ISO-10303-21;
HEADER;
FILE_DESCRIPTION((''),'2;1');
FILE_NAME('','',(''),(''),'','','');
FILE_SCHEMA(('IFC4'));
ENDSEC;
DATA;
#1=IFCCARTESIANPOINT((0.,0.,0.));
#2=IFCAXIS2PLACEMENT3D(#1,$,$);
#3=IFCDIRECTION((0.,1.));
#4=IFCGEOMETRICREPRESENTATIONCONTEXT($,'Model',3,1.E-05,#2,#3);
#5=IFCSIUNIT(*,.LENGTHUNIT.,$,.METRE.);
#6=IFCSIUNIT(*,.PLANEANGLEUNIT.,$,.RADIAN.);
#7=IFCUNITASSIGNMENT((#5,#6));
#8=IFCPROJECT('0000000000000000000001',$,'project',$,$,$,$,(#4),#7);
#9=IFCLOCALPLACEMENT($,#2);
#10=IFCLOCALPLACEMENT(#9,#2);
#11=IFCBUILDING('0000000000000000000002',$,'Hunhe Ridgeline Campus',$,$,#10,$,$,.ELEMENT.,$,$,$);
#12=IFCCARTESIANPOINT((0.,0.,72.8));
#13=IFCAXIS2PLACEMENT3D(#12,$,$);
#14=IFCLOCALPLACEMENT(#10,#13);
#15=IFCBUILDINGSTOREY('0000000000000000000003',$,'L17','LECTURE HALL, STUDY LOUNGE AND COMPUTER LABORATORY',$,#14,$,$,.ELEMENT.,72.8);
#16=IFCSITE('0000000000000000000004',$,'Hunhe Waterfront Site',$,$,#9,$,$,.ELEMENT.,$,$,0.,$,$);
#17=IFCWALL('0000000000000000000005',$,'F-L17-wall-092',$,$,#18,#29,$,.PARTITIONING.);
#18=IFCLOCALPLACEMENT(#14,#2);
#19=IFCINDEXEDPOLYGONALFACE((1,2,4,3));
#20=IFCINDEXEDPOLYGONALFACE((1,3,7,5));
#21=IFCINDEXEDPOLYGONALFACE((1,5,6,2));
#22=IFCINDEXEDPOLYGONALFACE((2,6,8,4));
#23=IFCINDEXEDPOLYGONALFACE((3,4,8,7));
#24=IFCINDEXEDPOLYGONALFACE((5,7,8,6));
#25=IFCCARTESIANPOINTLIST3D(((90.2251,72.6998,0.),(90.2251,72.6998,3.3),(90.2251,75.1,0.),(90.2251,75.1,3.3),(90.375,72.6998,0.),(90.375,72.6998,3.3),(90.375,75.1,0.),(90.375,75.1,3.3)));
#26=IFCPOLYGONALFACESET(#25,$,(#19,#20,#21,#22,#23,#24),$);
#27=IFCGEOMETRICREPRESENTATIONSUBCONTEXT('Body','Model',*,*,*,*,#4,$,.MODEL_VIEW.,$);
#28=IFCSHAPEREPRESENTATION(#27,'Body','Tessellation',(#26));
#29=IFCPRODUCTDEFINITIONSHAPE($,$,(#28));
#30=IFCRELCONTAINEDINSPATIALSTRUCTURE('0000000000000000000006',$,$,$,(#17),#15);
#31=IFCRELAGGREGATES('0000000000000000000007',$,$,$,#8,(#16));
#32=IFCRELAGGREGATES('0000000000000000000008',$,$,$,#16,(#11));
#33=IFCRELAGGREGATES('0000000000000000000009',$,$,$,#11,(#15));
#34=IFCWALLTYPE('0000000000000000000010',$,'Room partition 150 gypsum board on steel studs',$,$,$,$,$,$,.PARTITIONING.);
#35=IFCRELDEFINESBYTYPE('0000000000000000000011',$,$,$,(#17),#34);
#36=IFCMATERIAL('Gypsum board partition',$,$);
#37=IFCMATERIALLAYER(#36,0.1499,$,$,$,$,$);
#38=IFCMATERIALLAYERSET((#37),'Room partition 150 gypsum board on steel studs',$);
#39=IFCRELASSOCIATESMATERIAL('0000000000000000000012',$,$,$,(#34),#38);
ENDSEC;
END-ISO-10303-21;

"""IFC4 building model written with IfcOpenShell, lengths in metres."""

from ifc_helpers import new_model, si_unit, direction, frame, frame_2d, origin, place, context, subcontext, project, spatial, rectangle, extrude, material, layer, layer_set, type_object, element, save


model = new_model("IFC4")

# Units and contexts
model_context = context("Model", 3, precision=1e-05, world=origin(), true_north=direction((0.0, 1.0)))
body_context = subcontext(model_context, "Body", "Model", "MODEL_VIEW")
ifc_project = project(units=[si_unit("LENGTHUNIT", "METRE"), si_unit("PLANEANGLEUNIT", "RADIAN")], contexts=[model_context])

# Site, building, storey
site_placement = place(None, origin())
site = spatial("IfcSite", under=ifc_project, at=site_placement, Name="Hunhe Waterfront Site", CompositionType="ELEMENT", RefElevation=0.0)
building_placement = place(site_placement, origin())
building = spatial("IfcBuilding", under=site, at=building_placement, Name="Hunhe Ridgeline Campus", CompositionType="ELEMENT")
storey_placement = place(building_placement, frame((0.0, 0.0, 72.8)))
storey = spatial("IfcBuildingStorey", under=building, at=storey_placement, Name="L17", Description="LECTURE HALL, STUDY LOUNGE AND COMPUTER LABORATORY", CompositionType="ELEMENT", Elevation=72.8)

# Shared definitions
ifc_material_1 = material(Name="Gypsum board partition")

# Wall
ifc_layer_1 = layer(ifc_material_1, 0.1499)
ifc_layer_set_1 = layer_set([ifc_layer_1], Name="Room partition 150 gypsum board on steel studs")
wall_type_1 = type_object("IfcWallType", Name="Room partition 150 gypsum board on steel studs", PredefinedType="PARTITIONING", material=ifc_layer_set_1)
wall_1_placement = place(storey_placement, frame((90.3, 75.1001, 0.0), z_axis=(0.0, 0.0, 1.0), x_axis=(0.0, -1.0, 0.0)))
element("IfcWall", 1, at=wall_1_placement, inside=storey, type_object=wall_type_1, Name="F-L17-wall-092", PredefinedType="PARTITIONING", context=body_context, shape_type="SweptSolid", body=[
    extrude(rectangle(XDim=2.4001, YDim=0.1499, at=frame_2d((1.2002, 0.0))), origin(), (0.0, 0.0, 1.0), 3.3),
])

save(model, "model.ifc")
